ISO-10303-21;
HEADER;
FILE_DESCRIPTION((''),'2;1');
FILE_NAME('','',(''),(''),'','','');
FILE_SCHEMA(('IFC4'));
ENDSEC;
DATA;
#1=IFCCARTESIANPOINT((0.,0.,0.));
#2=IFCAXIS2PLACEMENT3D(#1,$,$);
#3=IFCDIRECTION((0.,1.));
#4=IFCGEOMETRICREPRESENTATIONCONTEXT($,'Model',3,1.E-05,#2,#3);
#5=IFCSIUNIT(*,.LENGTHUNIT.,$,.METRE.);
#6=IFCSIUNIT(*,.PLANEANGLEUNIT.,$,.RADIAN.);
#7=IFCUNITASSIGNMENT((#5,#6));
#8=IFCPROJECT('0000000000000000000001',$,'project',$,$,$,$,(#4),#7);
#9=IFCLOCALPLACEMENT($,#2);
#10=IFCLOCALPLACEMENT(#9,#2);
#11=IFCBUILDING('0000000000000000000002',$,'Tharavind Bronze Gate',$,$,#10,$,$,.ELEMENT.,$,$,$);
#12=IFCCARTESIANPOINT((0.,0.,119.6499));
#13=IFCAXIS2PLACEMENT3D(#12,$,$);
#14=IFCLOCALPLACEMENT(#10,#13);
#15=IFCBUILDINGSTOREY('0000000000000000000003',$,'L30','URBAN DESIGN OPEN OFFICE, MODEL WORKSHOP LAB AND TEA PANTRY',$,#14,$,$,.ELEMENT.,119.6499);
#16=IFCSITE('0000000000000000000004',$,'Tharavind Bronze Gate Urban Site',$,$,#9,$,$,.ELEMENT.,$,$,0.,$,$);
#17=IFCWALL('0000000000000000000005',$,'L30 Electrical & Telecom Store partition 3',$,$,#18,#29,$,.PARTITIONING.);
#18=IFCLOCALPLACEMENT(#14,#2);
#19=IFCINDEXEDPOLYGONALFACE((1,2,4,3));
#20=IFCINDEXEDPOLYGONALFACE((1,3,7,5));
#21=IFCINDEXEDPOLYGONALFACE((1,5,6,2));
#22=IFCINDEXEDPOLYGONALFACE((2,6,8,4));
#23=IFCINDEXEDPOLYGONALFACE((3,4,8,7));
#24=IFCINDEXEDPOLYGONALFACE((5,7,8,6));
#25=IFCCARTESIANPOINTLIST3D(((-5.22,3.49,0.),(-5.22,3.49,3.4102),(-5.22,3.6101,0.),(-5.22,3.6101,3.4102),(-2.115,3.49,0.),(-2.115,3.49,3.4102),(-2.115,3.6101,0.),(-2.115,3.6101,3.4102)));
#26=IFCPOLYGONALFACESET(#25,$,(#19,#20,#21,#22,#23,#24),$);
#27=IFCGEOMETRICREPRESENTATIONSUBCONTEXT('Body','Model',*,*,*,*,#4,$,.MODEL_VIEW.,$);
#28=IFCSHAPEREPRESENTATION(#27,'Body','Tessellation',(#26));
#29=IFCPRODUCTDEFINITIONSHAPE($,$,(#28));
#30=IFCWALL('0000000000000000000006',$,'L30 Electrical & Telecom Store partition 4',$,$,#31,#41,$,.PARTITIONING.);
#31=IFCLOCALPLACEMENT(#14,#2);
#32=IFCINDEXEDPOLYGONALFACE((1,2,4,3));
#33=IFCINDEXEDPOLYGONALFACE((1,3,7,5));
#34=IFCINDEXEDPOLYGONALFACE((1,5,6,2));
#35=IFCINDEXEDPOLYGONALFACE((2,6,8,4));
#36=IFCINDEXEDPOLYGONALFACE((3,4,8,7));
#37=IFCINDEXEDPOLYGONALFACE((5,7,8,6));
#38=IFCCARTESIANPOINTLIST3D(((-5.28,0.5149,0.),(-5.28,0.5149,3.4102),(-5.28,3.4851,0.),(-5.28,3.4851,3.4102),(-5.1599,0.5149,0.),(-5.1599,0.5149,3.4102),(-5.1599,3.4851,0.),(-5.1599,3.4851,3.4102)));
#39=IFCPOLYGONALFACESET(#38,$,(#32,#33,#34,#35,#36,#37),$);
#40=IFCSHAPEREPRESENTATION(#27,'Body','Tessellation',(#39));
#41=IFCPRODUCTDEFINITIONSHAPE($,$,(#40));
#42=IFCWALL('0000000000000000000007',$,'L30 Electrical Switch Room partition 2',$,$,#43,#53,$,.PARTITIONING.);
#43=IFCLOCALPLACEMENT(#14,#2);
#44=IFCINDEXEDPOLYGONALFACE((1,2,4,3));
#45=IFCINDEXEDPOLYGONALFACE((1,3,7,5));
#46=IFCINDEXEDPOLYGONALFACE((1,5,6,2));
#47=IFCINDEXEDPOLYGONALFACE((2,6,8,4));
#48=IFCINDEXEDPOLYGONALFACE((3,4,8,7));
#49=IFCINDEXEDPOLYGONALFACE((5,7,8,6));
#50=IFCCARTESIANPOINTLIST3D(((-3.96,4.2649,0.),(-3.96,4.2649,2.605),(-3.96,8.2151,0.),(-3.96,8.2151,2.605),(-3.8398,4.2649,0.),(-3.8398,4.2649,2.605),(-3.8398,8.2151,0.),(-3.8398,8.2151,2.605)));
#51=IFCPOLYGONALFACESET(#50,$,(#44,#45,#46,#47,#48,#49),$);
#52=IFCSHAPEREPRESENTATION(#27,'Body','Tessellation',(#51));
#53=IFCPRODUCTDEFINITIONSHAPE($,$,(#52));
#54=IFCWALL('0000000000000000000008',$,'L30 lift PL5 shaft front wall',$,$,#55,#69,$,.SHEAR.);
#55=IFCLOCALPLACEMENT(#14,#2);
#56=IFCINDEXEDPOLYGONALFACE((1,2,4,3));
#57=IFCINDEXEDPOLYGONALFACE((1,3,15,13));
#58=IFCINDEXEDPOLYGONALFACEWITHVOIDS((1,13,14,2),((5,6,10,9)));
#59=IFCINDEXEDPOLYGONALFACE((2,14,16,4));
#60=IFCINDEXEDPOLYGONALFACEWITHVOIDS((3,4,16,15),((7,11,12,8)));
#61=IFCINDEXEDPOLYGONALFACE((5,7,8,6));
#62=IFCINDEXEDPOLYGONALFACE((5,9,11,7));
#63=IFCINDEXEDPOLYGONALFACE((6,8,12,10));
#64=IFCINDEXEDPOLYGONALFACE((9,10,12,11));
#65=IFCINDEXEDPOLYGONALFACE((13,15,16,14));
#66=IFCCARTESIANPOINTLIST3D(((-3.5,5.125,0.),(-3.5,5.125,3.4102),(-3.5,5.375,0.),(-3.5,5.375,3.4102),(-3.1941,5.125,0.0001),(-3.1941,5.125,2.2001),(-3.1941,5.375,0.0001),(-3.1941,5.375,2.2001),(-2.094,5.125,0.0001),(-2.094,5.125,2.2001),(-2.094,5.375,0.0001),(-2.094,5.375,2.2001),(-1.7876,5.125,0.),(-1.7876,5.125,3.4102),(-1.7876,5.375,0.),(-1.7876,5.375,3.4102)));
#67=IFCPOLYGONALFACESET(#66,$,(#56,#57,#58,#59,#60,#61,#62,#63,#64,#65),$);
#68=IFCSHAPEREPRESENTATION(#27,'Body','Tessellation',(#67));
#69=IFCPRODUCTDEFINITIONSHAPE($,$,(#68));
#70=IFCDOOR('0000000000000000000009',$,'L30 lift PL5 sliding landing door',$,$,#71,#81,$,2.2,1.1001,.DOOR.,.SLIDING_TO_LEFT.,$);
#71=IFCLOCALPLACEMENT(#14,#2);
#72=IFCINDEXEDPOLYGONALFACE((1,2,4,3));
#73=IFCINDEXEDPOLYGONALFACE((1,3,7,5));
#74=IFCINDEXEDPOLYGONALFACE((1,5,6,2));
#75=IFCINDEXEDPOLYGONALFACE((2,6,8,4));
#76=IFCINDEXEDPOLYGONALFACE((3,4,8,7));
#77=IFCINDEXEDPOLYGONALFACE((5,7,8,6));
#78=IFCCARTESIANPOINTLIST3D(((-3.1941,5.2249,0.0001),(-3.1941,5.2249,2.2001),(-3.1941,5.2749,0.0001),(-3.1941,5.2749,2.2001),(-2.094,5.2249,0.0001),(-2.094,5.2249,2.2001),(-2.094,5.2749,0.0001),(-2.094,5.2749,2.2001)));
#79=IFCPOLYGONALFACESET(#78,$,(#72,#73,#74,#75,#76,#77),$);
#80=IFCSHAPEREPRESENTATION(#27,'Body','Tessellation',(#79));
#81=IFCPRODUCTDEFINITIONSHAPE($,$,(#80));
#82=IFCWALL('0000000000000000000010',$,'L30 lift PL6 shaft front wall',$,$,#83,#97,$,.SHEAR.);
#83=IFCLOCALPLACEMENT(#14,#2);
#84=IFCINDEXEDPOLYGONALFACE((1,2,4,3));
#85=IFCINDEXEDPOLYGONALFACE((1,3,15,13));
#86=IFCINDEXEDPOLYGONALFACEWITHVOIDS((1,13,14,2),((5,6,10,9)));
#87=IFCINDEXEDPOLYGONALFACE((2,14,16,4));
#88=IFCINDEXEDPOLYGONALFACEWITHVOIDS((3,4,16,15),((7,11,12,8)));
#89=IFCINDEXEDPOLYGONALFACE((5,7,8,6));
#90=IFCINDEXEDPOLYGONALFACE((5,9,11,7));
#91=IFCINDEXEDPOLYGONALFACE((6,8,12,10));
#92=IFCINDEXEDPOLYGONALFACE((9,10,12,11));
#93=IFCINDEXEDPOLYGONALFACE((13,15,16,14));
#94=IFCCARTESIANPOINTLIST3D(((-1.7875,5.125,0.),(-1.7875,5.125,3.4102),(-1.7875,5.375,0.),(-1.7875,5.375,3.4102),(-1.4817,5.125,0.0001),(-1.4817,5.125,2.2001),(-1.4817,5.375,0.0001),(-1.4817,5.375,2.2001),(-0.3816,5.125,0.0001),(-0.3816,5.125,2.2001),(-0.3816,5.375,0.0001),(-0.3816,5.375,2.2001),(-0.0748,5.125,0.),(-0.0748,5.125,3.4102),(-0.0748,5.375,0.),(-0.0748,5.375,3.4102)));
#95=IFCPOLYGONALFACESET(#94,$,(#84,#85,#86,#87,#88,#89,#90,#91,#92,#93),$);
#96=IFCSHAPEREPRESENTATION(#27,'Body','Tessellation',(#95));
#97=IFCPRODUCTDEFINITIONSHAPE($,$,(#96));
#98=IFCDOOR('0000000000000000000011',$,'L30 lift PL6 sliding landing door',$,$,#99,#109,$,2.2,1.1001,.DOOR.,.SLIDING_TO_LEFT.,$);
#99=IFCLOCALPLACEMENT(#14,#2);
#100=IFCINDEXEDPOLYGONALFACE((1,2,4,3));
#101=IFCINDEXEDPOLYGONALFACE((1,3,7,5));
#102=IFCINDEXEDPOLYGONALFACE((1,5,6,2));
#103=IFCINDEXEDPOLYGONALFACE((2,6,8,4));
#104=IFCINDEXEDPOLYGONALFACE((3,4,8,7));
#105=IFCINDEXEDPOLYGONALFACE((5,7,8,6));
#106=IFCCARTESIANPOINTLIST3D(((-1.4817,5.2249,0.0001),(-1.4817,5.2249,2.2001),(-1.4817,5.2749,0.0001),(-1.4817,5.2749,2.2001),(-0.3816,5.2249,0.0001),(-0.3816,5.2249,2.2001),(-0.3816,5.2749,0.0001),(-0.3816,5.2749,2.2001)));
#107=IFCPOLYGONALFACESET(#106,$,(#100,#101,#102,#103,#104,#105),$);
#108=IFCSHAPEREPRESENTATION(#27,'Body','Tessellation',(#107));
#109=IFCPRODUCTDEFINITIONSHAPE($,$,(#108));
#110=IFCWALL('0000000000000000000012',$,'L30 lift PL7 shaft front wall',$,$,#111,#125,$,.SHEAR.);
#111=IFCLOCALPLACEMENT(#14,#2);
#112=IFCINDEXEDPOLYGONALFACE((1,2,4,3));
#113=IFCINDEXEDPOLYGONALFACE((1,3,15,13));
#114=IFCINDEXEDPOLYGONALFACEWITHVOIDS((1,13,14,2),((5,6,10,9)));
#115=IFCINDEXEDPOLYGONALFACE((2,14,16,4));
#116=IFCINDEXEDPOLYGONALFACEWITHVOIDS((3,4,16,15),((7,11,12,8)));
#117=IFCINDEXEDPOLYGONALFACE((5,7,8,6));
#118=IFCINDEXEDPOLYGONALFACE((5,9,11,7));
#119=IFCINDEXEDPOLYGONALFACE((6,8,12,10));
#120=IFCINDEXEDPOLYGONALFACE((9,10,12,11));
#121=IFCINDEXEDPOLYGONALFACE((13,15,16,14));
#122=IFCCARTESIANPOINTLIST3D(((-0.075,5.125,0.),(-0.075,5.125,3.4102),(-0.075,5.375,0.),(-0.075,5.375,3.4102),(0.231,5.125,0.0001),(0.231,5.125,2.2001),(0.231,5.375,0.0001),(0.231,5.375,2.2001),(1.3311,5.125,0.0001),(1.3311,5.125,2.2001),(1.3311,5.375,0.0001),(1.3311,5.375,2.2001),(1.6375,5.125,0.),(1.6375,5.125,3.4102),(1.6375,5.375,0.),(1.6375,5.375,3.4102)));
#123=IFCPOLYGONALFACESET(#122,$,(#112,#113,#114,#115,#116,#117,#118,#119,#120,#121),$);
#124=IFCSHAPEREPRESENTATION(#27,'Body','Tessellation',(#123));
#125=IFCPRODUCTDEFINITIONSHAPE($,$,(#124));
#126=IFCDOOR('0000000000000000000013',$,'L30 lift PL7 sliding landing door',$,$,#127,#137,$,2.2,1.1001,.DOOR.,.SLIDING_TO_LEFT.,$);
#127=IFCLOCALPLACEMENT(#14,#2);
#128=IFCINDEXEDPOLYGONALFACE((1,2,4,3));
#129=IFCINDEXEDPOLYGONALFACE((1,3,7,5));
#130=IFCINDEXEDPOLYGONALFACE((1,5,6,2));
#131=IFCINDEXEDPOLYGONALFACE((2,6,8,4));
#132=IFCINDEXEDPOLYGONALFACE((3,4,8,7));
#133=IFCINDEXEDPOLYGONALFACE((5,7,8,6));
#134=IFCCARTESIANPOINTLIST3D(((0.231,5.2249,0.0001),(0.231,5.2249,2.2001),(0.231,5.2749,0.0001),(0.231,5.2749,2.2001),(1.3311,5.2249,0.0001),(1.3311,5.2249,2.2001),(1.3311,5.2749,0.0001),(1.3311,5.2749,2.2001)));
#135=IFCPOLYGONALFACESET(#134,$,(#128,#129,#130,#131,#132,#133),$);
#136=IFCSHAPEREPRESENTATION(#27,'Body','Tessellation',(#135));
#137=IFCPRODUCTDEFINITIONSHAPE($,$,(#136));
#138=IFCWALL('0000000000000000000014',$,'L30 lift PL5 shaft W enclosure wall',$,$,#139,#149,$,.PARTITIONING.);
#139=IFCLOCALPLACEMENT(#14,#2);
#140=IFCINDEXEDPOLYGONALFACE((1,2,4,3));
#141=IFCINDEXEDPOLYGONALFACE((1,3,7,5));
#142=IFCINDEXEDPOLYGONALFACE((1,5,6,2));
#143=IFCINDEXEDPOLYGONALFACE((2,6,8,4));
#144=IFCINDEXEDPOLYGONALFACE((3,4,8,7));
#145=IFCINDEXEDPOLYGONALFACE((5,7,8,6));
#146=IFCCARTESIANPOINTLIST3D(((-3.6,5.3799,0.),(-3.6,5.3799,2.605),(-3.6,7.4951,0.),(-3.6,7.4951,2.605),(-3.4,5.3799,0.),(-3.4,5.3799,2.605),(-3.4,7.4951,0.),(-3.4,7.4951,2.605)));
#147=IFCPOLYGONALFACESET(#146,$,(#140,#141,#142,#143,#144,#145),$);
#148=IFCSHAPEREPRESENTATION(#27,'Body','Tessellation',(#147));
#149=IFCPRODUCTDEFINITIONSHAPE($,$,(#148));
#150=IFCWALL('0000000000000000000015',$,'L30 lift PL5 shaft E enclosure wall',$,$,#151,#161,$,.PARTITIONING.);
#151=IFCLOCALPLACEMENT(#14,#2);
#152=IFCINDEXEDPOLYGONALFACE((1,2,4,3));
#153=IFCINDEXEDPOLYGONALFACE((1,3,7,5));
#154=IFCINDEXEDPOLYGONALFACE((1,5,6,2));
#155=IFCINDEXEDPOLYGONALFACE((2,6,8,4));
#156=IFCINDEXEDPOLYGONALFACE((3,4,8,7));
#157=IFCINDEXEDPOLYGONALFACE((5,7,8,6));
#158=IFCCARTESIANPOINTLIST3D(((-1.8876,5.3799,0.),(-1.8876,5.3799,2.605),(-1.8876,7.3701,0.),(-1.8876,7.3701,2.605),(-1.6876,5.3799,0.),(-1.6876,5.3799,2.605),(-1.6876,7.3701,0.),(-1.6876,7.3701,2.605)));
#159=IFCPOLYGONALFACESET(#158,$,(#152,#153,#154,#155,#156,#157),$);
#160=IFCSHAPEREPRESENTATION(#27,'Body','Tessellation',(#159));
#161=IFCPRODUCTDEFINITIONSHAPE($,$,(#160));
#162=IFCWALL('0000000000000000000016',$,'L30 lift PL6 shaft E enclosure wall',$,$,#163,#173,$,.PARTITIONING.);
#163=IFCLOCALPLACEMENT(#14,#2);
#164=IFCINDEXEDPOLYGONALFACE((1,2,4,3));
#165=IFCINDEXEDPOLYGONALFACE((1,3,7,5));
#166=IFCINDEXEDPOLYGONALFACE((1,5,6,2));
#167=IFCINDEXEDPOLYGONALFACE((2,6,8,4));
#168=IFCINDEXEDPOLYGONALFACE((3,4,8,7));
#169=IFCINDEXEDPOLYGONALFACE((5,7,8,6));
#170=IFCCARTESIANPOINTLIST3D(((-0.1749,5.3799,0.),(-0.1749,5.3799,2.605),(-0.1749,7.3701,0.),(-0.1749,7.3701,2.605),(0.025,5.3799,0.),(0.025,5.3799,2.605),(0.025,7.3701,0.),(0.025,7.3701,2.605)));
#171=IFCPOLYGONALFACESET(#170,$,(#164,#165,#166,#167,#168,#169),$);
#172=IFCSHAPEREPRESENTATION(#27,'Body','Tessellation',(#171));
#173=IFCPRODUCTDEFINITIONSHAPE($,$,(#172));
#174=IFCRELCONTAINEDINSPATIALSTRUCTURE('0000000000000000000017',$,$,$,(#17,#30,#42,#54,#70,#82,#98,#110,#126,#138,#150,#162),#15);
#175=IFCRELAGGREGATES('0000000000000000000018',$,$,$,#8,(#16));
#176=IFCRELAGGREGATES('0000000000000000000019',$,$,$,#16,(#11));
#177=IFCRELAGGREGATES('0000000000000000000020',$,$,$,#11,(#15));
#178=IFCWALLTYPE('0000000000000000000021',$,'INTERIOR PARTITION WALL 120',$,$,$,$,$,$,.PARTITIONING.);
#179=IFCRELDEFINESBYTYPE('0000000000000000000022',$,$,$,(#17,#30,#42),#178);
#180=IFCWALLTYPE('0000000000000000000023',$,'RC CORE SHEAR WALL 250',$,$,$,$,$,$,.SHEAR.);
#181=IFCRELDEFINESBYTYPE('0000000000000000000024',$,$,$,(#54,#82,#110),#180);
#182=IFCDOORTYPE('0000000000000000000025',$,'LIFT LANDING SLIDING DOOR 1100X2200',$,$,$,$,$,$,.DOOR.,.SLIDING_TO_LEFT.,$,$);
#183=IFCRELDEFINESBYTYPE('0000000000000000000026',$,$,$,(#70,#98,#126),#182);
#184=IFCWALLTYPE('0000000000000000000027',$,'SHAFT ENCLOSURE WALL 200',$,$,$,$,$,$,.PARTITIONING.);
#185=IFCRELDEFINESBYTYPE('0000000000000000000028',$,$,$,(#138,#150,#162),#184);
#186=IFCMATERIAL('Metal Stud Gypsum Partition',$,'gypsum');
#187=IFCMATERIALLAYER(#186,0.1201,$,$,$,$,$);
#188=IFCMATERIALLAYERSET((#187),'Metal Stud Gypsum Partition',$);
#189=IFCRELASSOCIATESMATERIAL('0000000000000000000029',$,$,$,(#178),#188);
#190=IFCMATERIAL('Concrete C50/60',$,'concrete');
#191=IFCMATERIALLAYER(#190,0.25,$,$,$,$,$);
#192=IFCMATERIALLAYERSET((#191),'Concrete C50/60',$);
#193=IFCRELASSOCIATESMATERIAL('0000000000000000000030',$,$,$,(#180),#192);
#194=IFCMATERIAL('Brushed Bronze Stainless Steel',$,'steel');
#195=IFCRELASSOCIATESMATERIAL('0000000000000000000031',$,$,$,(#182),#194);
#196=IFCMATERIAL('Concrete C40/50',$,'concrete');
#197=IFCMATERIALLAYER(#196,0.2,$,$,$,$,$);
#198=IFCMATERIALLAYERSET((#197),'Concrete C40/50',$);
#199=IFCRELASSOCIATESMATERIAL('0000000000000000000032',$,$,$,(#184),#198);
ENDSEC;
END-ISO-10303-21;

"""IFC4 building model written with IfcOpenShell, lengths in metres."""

from ifc_helpers import new_model, si_unit, direction, frame, frame_2d, origin, place, context, subcontext, project, spatial, rectangle, extrude, material, layer, layer_set, type_object, element, fill, save


model = new_model("IFC4")

# Units and contexts
model_context = context("Model", 3, precision=1e-05, world=origin(), true_north=direction((0.0, 1.0)))
body_context = subcontext(model_context, "Body", "Model", "MODEL_VIEW")
ifc_project = project(units=[si_unit("LENGTHUNIT", "METRE"), si_unit("PLANEANGLEUNIT", "RADIAN")], contexts=[model_context])

# Site, building, storey
site_placement = place(None, origin())
site = spatial("IfcSite", under=ifc_project, at=site_placement, Name="Tharavind Bronze Gate Urban Site", CompositionType="ELEMENT", RefElevation=0.0)
building_placement = place(site_placement, origin())
building = spatial("IfcBuilding", under=site, at=building_placement, Name="Tharavind Bronze Gate", CompositionType="ELEMENT")
storey_placement = place(building_placement, frame((0.0, 0.0, 119.6499)))
storey = spatial("IfcBuildingStorey", under=building, at=storey_placement, Name="L30", Description="URBAN DESIGN OPEN OFFICE, MODEL WORKSHOP LAB AND TEA PANTRY", CompositionType="ELEMENT", Elevation=119.6499)

# Shared definitions
ifc_material_1 = material(Name="Concrete C40/50", Category="concrete")

# Shared definitions
ifc_material_2 = material(Name="Metal Stud Gypsum Partition", Category="gypsum")
ifc_layer_1 = layer(ifc_material_2, 0.1201)
ifc_layer_set_1 = layer_set([ifc_layer_1], Name="Metal Stud Gypsum Partition")
wall_type_1 = type_object("IfcWallType", Name="INTERIOR PARTITION WALL 120", PredefinedType="PARTITIONING", material=ifc_layer_set_1)

# Walls
wall_1_placement = place(storey_placement, frame((-2.115, 3.55, 0.0), z_axis=(0.0, 0.0, 1.0), x_axis=(-1.0, 0.0, 0.0)))
element("IfcWall", 1, at=wall_1_placement, inside=storey, type_object=wall_type_1, Name="L30 Electrical & Telecom Store partition 3", PredefinedType="PARTITIONING", context=body_context, shape_type="SweptSolid", body=[
    extrude(rectangle(XDim=3.105, YDim=0.1201, at=frame_2d((1.5525, 0.0))), origin(), (0.0, 0.0, 1.0), 3.4102),
])
wall_2_placement = place(storey_placement, frame((-5.22, 3.4851, 0.0), z_axis=(0.0, 0.0, 1.0), x_axis=(0.0, -1.0, 0.0)))
element("IfcWall", 2, at=wall_2_placement, inside=storey, type_object=wall_type_1, Name="L30 Electrical & Telecom Store partition 4", PredefinedType="PARTITIONING", context=body_context, shape_type="SweptSolid", body=[
    extrude(rectangle(XDim=2.9702, YDim=0.1201, at=frame_2d((1.4851, 0.0))), origin(), (0.0, 0.0, 1.0), 3.4102),
])
wall_3_placement = place(storey_placement, frame((-3.8999, 4.2649, 0.0), z_axis=(0.0, 0.0, 1.0), x_axis=(0.0, 1.0, 0.0)))
element("IfcWall", 3, at=wall_3_placement, inside=storey, type_object=wall_type_1, Name="L30 Electrical Switch Room partition 2", PredefinedType="PARTITIONING", context=body_context, shape_type="SweptSolid", body=[
    extrude(rectangle(XDim=3.9502, YDim=0.1201, at=frame_2d((1.9751, 0.0))), origin(), (0.0, 0.0, 1.0), 2.605),
])

# Walls, openings, doors
ifc_material_3 = material(Name="Concrete C50/60", Category="concrete")
ifc_layer_2 = layer(ifc_material_3, 0.25)
ifc_layer_set_2 = layer_set([ifc_layer_2], Name="Concrete C50/60")
wall_type_2 = type_object("IfcWallType", Name="RC CORE SHEAR WALL 250", PredefinedType="SHEAR", material=ifc_layer_set_2)
wall_4_placement = place(storey_placement, frame((-3.5, 5.25, 0.0), z_axis=(0.0, 0.0, 1.0), x_axis=(1.0, 0.0, 0.0)))
wall_4 = element("IfcWall", 4, at=wall_4_placement, inside=storey, type_object=wall_type_2, Name="L30 lift PL5 shaft front wall", PredefinedType="SHEAR", context=body_context, shape_type="SweptSolid", body=[
    extrude(rectangle(XDim=1.7124, YDim=0.25, at=frame_2d((0.8562, 0.0))), origin(), (0.0, 0.0, 1.0), 3.4102),
])
opening_1_placement = place(wall_4_placement, frame((0.3059, 0.0, 0.0)))
opening_1 = element("IfcOpeningElement", 5, at=opening_1_placement, cuts=wall_4, PredefinedType="OPENING", context=body_context, shape_type="SweptSolid", body=[
    extrude(rectangle(XDim=1.1001, YDim=2.2, at=frame_2d((0.55, 1.1001))), frame((0.0, 0.135, 0.0), z_axis=(0.0, -1.0, 0.0), x_axis=(1.0, 0.0, 0.0)), (0.0, 0.0, 1.0), 0.27),
])
ifc_material_4 = material(Name="Brushed Bronze Stainless Steel", Category="steel")
door_type_1 = type_object("IfcDoorType", Name="LIFT LANDING SLIDING DOOR 1100X2200", OperationType="SLIDING_TO_LEFT", PredefinedType="DOOR", material=ifc_material_4)
door_1_placement = place(opening_1_placement, origin())
door_1 = element("IfcDoor", 6, at=door_1_placement, inside=storey, type_object=door_type_1, Name="L30 lift PL5 sliding landing door", OperationType="SLIDING_TO_LEFT", OverallHeight=2.2, OverallWidth=1.1001, PredefinedType="DOOR", context=body_context, shape_type="SweptSolid", body=[
    extrude(rectangle(XDim=1.1001, YDim=2.2, at=frame_2d((0.55, 1.1001))), frame((0.0, 0.0249, 0.0), z_axis=(0.0, -1.0, 0.0), x_axis=(1.0, 0.0, 0.0)), (0.0, 0.0, 1.0), 0.05),
])
fill(opening_1, door_1)
wall_5_placement = place(storey_placement, frame((-1.7876, 5.25, 0.0), z_axis=(0.0, 0.0, 1.0), x_axis=(1.0, 0.0, 0.0)))
wall_5 = element("IfcWall", 7, at=wall_5_placement, inside=storey, type_object=wall_type_2, Name="L30 lift PL6 shaft front wall", PredefinedType="SHEAR", context=body_context, shape_type="SweptSolid", body=[
    extrude(rectangle(XDim=1.7126, YDim=0.25, at=frame_2d((0.8564, 0.0))), origin(), (0.0, 0.0, 1.0), 3.4102),
])
opening_2_placement = place(wall_5_placement, frame((0.3059, 0.0, 0.0)))
opening_2 = element("IfcOpeningElement", 8, at=opening_2_placement, cuts=wall_5, PredefinedType="OPENING", context=body_context, shape_type="SweptSolid", body=[
    extrude(rectangle(XDim=1.1001, YDim=2.2, at=frame_2d((0.55, 1.1001))), frame((0.0, 0.135, 0.0), z_axis=(0.0, -1.0, 0.0), x_axis=(1.0, 0.0, 0.0)), (0.0, 0.0, 1.0), 0.27),
])
door_2_placement = place(opening_2_placement, origin())
door_2 = element("IfcDoor", 9, at=door_2_placement, inside=storey, type_object=door_type_1, Name="L30 lift PL6 sliding landing door", OperationType="SLIDING_TO_LEFT", OverallHeight=2.2, OverallWidth=1.1001, PredefinedType="DOOR", context=body_context, shape_type="SweptSolid", body=[
    extrude(rectangle(XDim=1.1001, YDim=2.2, at=frame_2d((0.55, 1.1001))), frame((0.0, 0.0249, 0.0), z_axis=(0.0, -1.0, 0.0), x_axis=(1.0, 0.0, 0.0)), (0.0, 0.0, 1.0), 0.05),
])
fill(opening_2, door_2)
wall_6_placement = place(storey_placement, frame((-0.075, 5.25, 0.0), z_axis=(0.0, 0.0, 1.0), x_axis=(1.0, 0.0, 0.0)))
wall_6 = element("IfcWall", 10, at=wall_6_placement, inside=storey, type_object=wall_type_2, Name="L30 lift PL7 shaft front wall", PredefinedType="SHEAR", context=body_context, shape_type="SweptSolid", body=[
    extrude(rectangle(XDim=1.7124, YDim=0.25, at=frame_2d((0.8562, 0.0))), origin(), (0.0, 0.0, 1.0), 3.4102),
])
opening_3_placement = place(wall_6_placement, frame((0.3059, 0.0, 0.0)))
opening_3 = element("IfcOpeningElement", 11, at=opening_3_placement, cuts=wall_6, PredefinedType="OPENING", context=body_context, shape_type="SweptSolid", body=[
    extrude(rectangle(XDim=1.1001, YDim=2.2, at=frame_2d((0.55, 1.1001))), frame((0.0, 0.135, 0.0), z_axis=(0.0, -1.0, 0.0), x_axis=(1.0, 0.0, 0.0)), (0.0, 0.0, 1.0), 0.27),
])
door_3_placement = place(opening_3_placement, origin())
door_3 = element("IfcDoor", 12, at=door_3_placement, inside=storey, type_object=door_type_1, Name="L30 lift PL7 sliding landing door", OperationType="SLIDING_TO_LEFT", OverallHeight=2.2, OverallWidth=1.1001, PredefinedType="DOOR", context=body_context, shape_type="SweptSolid", body=[
    extrude(rectangle(XDim=1.1001, YDim=2.2, at=frame_2d((0.55, 1.1001))), frame((0.0, 0.0249, 0.0), z_axis=(0.0, -1.0, 0.0), x_axis=(1.0, 0.0, 0.0)), (0.0, 0.0, 1.0), 0.05),
])
fill(opening_3, door_3)

# Walls
ifc_layer_3 = layer(ifc_material_1, 0.2)
ifc_layer_set_3 = layer_set([ifc_layer_3], Name="Concrete C40/50")
wall_type_3 = type_object("IfcWallType", Name="SHAFT ENCLOSURE WALL 200", PredefinedType="PARTITIONING", material=ifc_layer_set_3)
wall_7_placement = place(storey_placement, frame((-3.5, 5.3799, 0.0), z_axis=(0.0, 0.0, 1.0), x_axis=(0.0, 1.0, 0.0)))
element("IfcWall", 13, at=wall_7_placement, inside=storey, type_object=wall_type_3, Name="L30 lift PL5 shaft W enclosure wall", PredefinedType="PARTITIONING", context=body_context, shape_type="SweptSolid", body=[
    extrude(rectangle(XDim=2.1152, YDim=0.2, at=frame_2d((1.0576, 0.0))), origin(), (0.0, 0.0, 1.0), 2.605),
])
for number, where, z_axis, x_axis, name in (
    (14, (-1.7876, 5.3799, 0.0), (0.0, 0.0, 1.0), (0.0, 1.0, 0.0), "L30 lift PL5 shaft E enclosure wall"),
    (15, (-0.075, 5.3799, 0.0), (0.0, 0.0, 1.0), (0.0, 1.0, 0.0), "L30 lift PL6 shaft E enclosure wall"),
):
    element("IfcWall", number, at=place(storey_placement, frame(where, z_axis=z_axis, x_axis=x_axis)), inside=storey, type_object=wall_type_3, Name=name, PredefinedType="PARTITIONING", context=body_context, shape_type="SweptSolid", body=[
        extrude(rectangle(XDim=1.9902, YDim=0.2, at=frame_2d((0.9951, 0.0))), origin(), (0.0, 0.0, 1.0), 2.605),
    ])

save(model, "model.ifc")
